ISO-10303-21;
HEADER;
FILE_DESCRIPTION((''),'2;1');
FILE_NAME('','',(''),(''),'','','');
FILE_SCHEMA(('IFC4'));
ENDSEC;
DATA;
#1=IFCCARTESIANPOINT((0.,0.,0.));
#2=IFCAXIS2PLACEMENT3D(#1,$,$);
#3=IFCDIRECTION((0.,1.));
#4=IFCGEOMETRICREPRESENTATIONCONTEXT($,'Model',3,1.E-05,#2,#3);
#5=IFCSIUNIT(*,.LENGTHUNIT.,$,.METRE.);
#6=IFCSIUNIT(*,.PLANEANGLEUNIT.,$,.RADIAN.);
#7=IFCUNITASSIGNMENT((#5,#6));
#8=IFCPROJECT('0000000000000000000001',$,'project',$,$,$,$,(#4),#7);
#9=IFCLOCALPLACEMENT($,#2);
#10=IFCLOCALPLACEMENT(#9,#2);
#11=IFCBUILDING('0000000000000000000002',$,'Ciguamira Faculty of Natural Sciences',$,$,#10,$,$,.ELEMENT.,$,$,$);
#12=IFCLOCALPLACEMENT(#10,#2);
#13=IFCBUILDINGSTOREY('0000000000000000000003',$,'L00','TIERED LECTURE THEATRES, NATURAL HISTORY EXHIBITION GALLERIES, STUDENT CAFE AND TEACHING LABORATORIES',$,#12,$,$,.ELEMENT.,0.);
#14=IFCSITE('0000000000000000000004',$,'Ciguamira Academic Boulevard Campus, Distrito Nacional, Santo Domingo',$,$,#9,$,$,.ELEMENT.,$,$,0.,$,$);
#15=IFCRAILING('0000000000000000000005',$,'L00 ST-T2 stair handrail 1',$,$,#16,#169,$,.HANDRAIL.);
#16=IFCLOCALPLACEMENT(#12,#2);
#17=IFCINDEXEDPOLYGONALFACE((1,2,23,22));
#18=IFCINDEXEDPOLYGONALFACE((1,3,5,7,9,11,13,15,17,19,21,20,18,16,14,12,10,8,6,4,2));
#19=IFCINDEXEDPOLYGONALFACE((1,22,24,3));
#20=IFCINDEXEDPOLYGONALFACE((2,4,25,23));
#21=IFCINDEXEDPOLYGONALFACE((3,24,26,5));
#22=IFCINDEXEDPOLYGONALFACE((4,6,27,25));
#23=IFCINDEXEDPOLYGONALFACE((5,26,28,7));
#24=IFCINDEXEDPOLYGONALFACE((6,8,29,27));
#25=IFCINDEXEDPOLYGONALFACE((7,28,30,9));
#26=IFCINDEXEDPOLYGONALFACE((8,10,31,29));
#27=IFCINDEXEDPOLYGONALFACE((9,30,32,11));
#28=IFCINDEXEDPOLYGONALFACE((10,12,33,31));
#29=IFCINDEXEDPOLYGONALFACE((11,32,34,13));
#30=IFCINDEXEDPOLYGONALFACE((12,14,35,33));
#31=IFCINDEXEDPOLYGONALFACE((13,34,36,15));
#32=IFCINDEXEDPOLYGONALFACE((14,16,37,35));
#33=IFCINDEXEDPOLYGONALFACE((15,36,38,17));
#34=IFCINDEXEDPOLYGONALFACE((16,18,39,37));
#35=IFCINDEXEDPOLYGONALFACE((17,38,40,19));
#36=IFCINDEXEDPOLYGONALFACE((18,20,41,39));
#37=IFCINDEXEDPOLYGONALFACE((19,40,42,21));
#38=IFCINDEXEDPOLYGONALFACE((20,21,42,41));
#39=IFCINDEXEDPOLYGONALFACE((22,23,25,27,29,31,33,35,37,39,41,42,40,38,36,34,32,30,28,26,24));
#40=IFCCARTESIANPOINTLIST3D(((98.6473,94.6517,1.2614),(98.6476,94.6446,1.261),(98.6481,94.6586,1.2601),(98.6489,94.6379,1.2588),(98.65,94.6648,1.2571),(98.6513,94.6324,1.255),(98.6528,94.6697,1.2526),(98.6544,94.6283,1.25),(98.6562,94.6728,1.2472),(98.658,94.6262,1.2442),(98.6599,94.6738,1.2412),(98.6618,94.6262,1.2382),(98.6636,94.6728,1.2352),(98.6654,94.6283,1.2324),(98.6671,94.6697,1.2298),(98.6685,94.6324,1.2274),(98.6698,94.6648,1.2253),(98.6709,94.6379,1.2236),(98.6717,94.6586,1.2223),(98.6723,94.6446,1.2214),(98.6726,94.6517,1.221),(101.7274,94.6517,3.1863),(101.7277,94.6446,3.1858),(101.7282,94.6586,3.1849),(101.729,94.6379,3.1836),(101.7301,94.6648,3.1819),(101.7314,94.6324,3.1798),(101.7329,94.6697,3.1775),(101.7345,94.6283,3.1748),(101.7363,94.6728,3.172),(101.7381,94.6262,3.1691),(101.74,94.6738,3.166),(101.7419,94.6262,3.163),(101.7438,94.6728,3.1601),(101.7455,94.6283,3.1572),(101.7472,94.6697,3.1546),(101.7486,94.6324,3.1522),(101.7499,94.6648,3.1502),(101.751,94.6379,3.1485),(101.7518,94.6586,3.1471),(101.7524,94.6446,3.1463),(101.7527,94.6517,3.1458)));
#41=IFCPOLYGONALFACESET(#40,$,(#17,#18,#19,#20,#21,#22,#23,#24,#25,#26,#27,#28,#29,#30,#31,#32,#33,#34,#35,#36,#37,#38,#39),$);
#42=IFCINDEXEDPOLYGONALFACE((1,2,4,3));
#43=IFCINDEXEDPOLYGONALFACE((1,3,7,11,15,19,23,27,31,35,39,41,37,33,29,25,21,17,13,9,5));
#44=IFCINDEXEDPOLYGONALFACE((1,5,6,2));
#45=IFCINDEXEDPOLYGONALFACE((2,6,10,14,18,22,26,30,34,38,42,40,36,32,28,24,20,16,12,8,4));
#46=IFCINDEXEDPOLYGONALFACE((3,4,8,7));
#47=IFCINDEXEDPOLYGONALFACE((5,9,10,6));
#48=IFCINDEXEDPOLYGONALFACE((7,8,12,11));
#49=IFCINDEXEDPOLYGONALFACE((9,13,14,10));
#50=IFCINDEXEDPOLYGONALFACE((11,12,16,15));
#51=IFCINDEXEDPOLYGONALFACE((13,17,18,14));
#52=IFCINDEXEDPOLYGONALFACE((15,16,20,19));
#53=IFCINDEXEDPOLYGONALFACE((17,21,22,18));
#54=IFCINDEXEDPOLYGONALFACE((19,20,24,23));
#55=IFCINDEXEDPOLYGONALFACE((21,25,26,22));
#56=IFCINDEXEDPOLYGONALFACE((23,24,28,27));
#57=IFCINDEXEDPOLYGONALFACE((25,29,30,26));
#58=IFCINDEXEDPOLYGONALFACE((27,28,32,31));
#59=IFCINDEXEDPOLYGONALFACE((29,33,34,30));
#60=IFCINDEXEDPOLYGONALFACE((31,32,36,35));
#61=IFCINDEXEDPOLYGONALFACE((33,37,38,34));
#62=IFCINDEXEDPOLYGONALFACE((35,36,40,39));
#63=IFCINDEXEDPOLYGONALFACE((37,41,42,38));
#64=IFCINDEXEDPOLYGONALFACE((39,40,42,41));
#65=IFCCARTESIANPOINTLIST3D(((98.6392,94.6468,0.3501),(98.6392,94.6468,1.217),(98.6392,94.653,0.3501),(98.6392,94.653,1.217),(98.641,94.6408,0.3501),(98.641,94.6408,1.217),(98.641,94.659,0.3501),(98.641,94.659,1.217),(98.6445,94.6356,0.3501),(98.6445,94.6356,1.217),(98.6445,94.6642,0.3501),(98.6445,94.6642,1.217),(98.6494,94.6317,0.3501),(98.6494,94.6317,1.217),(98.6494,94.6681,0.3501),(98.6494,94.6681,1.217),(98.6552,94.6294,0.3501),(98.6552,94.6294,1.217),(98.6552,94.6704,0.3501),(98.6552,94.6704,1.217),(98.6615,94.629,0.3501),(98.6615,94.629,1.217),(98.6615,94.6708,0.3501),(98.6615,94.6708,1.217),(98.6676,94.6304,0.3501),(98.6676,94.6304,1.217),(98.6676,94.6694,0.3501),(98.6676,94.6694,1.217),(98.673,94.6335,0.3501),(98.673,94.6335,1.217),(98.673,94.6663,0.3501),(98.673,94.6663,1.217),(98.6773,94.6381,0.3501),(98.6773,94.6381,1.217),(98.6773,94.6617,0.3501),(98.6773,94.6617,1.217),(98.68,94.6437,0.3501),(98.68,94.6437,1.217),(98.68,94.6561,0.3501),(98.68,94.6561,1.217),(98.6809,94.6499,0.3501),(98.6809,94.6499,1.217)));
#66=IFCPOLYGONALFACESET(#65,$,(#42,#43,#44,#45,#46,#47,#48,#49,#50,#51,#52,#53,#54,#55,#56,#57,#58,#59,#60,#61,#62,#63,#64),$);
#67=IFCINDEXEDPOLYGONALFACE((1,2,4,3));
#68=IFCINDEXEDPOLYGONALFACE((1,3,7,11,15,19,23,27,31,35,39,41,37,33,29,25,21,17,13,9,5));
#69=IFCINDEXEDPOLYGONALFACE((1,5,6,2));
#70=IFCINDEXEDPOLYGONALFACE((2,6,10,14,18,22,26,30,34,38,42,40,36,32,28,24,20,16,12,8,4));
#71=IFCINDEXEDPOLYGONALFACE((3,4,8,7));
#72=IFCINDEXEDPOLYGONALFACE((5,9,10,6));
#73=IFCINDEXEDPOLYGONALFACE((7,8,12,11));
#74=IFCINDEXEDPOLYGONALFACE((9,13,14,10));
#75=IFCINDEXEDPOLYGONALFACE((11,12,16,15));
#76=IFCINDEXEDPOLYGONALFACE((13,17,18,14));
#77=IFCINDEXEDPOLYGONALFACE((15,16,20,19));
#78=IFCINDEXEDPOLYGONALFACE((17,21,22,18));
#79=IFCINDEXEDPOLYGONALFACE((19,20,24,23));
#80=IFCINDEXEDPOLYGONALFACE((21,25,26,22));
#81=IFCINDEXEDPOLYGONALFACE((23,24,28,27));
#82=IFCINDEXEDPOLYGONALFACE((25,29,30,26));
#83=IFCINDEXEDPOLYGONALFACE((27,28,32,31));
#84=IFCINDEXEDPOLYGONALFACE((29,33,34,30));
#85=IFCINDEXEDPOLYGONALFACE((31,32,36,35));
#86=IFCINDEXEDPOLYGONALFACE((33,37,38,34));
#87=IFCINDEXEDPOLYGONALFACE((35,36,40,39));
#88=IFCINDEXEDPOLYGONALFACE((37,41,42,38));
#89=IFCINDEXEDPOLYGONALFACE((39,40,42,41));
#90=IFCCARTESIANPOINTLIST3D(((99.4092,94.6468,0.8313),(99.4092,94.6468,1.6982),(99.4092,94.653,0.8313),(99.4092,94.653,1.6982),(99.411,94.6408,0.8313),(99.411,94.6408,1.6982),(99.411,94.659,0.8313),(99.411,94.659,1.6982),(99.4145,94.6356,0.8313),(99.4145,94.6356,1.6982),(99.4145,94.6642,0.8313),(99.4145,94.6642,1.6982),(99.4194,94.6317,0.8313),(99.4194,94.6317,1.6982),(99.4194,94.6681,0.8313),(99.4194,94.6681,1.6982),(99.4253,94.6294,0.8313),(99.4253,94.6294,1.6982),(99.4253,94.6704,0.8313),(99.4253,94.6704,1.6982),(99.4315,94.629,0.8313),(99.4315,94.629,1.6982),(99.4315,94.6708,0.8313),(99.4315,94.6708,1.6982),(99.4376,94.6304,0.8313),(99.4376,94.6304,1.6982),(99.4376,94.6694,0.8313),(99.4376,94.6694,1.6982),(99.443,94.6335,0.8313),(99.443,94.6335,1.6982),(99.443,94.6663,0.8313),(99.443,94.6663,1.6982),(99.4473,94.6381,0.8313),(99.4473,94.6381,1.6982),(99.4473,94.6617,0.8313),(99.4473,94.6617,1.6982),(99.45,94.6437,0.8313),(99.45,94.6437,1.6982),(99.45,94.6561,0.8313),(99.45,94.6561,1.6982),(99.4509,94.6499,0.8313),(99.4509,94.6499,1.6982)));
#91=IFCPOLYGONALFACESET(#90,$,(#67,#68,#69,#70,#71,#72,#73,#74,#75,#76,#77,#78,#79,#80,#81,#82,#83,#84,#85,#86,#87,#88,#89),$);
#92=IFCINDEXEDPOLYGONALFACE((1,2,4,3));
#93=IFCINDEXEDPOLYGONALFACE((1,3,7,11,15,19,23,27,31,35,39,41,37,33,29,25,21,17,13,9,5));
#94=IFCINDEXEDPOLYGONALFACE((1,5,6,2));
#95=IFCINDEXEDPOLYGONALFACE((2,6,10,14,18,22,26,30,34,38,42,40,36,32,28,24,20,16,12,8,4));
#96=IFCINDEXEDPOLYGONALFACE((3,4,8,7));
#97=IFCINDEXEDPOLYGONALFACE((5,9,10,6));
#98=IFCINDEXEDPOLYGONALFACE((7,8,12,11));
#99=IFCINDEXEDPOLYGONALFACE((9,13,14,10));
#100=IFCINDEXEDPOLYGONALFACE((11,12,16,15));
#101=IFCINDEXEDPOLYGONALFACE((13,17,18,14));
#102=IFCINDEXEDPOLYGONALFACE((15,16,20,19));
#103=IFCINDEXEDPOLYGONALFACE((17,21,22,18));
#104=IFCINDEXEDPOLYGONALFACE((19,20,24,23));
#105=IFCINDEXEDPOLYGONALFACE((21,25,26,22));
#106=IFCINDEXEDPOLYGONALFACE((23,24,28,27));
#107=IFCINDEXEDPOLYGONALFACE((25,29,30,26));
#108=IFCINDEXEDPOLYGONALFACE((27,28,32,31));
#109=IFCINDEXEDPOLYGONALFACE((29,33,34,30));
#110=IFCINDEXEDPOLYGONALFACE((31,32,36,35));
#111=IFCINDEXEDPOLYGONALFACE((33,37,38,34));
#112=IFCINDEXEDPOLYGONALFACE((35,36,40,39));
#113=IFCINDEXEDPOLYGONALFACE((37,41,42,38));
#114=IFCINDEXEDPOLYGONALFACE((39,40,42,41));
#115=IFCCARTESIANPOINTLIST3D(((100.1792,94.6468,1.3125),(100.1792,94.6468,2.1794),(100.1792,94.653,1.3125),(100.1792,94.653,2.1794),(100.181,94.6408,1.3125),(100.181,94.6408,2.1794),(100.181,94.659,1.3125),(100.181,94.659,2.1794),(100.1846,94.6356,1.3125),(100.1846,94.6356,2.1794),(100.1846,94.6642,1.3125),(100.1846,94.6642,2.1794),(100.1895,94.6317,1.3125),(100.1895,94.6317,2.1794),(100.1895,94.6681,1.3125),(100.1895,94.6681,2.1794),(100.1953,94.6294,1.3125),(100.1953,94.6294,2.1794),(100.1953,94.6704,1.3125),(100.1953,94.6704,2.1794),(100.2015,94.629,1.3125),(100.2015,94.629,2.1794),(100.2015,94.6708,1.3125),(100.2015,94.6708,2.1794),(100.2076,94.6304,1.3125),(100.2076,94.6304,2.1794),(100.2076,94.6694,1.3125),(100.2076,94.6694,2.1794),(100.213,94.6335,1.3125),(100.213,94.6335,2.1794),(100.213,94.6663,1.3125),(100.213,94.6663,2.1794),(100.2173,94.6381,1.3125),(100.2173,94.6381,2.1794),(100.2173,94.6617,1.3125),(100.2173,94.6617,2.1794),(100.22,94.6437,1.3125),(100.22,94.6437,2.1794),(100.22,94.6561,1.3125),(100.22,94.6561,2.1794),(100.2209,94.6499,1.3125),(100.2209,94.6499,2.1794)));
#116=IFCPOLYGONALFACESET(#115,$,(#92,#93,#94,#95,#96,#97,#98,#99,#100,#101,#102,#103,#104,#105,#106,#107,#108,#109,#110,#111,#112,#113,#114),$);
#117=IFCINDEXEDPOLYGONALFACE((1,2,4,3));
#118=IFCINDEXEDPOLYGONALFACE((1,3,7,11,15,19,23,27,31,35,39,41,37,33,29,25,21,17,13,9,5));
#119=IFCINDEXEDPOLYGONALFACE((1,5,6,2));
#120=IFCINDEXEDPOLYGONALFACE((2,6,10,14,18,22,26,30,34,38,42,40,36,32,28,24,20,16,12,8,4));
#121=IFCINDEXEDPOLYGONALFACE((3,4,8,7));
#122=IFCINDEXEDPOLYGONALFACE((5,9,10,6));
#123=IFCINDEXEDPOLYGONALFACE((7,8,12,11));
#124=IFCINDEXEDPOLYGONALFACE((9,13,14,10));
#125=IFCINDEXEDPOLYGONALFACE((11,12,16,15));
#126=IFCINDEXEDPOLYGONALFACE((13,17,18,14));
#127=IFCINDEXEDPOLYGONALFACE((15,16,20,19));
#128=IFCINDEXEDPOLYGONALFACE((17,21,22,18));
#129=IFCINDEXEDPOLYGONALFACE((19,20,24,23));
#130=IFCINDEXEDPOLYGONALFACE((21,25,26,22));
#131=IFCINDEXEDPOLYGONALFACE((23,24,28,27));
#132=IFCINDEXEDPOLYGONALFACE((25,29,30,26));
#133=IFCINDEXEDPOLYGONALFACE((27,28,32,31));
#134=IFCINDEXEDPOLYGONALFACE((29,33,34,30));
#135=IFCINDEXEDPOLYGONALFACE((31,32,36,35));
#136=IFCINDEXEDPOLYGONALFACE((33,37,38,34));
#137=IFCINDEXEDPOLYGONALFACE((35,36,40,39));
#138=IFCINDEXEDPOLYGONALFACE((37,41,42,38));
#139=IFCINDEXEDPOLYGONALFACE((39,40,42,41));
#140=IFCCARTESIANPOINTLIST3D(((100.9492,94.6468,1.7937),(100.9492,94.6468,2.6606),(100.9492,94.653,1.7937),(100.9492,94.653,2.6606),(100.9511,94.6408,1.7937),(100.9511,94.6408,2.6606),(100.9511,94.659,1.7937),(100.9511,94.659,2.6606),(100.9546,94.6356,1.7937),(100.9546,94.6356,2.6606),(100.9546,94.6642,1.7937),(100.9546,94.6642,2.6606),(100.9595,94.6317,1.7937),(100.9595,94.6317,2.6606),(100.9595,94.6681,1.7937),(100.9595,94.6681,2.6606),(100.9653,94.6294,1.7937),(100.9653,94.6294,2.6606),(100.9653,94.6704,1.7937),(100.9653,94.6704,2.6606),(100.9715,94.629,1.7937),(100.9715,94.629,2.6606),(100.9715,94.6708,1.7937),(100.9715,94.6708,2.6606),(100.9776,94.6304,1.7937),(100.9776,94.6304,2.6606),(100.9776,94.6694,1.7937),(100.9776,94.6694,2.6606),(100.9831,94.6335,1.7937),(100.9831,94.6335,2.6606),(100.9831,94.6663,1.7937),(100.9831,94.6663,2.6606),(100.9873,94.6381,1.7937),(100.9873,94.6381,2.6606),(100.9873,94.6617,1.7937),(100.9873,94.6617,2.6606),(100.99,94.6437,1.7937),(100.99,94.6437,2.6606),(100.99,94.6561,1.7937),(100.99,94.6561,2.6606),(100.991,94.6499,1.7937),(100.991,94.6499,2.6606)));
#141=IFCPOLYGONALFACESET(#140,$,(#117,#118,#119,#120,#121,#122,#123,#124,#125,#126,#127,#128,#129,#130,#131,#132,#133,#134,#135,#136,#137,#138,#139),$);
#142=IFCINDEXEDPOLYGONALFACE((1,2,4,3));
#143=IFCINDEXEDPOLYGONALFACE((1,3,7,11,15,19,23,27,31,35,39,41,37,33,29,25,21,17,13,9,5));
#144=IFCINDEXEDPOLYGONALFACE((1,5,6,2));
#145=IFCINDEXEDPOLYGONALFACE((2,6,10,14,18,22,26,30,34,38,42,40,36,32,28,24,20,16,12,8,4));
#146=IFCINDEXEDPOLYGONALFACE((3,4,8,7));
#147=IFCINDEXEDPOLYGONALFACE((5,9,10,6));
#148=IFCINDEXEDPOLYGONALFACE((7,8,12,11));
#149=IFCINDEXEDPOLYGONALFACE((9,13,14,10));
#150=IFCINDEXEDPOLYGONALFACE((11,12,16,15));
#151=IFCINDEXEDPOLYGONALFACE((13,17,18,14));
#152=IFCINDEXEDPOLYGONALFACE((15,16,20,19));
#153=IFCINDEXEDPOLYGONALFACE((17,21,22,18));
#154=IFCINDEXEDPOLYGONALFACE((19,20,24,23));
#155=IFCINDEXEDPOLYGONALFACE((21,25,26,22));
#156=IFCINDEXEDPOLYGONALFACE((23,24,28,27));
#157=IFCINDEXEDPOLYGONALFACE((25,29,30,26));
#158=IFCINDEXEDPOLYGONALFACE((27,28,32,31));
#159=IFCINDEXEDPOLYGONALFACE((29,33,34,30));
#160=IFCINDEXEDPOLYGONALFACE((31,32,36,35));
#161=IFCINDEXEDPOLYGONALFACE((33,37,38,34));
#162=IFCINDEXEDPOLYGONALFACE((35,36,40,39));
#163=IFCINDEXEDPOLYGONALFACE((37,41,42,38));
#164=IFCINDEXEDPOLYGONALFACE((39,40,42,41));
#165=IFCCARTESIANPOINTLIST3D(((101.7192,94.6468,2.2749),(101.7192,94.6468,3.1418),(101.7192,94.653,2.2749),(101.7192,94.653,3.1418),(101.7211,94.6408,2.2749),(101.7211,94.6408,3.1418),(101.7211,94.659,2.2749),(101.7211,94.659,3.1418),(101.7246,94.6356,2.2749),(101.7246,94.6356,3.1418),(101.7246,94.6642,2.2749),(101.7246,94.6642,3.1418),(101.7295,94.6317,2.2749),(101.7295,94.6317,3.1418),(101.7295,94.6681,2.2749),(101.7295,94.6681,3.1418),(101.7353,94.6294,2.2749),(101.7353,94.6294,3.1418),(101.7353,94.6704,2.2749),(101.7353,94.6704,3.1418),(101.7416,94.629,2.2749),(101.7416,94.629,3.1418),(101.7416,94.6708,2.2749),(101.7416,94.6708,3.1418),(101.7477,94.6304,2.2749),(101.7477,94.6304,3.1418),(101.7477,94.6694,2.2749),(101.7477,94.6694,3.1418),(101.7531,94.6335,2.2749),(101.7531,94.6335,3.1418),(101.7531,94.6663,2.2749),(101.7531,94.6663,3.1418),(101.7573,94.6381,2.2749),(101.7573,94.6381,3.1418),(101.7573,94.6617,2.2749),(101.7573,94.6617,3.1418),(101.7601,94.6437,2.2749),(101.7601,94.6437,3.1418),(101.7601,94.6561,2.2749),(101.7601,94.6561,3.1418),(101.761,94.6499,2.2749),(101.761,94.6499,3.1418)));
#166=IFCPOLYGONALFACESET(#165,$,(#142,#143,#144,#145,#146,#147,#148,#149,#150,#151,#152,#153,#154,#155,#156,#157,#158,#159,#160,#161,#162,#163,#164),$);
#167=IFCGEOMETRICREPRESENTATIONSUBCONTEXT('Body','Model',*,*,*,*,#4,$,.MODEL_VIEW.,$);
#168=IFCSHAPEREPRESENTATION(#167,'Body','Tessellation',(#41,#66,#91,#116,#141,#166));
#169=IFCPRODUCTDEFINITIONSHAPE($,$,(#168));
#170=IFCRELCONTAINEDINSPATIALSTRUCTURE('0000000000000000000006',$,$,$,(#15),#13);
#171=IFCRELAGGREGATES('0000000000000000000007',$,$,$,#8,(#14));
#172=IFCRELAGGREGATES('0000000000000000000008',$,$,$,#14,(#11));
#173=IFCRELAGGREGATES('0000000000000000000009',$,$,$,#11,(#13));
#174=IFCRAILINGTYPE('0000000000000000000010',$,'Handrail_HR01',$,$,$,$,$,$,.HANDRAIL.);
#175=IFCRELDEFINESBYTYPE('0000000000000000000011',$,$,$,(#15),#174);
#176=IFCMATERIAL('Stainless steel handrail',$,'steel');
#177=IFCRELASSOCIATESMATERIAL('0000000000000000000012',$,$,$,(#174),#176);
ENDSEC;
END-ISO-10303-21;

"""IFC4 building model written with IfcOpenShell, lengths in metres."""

from ifc_helpers import new_model, si_unit, direction, frame, origin, origin_2d, place, context, subcontext, project, spatial, circle, extrude, material, type_object, element, save


model = new_model("IFC4")

# Units and contexts
model_context = context("Model", 3, precision=1e-05, world=origin(), true_north=direction((0.0, 1.0)))
body_context = subcontext(model_context, "Body", "Model", "MODEL_VIEW")
ifc_project = project(units=[si_unit("LENGTHUNIT", "METRE"), si_unit("PLANEANGLEUNIT", "RADIAN")], contexts=[model_context])

# Site, building, storey
site_placement = place(None, origin())
site = spatial("IfcSite", under=ifc_project, at=site_placement, Name="Ciguamira Academic Boulevard Campus, Distrito Nacional, Santo Domingo", CompositionType="ELEMENT", RefElevation=0.0)
building_placement = place(site_placement, origin())
building = spatial("IfcBuilding", under=site, at=building_placement, Name="Ciguamira Faculty of Natural Sciences", CompositionType="ELEMENT")
storey_placement = place(building_placement, origin())
storey = spatial("IfcBuildingStorey", under=building, at=storey_placement, Name="L00", Description="TIERED LECTURE THEATRES, NATURAL HISTORY EXHIBITION GALLERIES, STUDENT CAFE AND TEACHING LABORATORIES", CompositionType="ELEMENT", Elevation=0.0)

# Railing
ifc_material_1 = material(Name="Stainless steel handrail", Category="steel")
railing_type = type_object("IfcRailingType", Name="Handrail_HR01", PredefinedType="HANDRAIL", material=ifc_material_1)
railing_placement = place(storey_placement, frame((98.6599, 94.6499, 0.3501)))
element("IfcRailing", 1, at=railing_placement, inside=storey, type_object=railing_type, Name="L00 ST-T2 stair handrail 1", PredefinedType="HANDRAIL", context=body_context, shape_type="SweptSolid", body=[
    extrude(circle(Radius=0.0239, at=origin_2d()), frame((0.0, 0.0, 0.8911), z_axis=(0.848029, 0.0, 0.529951), x_axis=(0.0, 1.0, 0.0)), (0.0, 0.0, 1.0), 3.6321),
    extrude(circle(Radius=0.021, at=origin_2d()), origin(), (0.0, 0.0, 1.0), 0.8669),
    extrude(circle(Radius=0.021, at=origin_2d()), frame((0.77, 0.0, 0.4812)), (0.0, 0.0, 1.0), 0.8669),
    extrude(circle(Radius=0.021, at=origin_2d()), frame((1.54, 0.0, 0.9624)), (0.0, 0.0, 1.0), 0.8669),
    extrude(circle(Radius=0.021, at=origin_2d()), frame((2.3101, 0.0, 1.4436)), (0.0, 0.0, 1.0), 0.8669),
    extrude(circle(Radius=0.021, at=origin_2d()), frame((3.0801, 0.0, 1.9248)), (0.0, 0.0, 1.0), 0.8669),
])

save(model, "model.ifc")
